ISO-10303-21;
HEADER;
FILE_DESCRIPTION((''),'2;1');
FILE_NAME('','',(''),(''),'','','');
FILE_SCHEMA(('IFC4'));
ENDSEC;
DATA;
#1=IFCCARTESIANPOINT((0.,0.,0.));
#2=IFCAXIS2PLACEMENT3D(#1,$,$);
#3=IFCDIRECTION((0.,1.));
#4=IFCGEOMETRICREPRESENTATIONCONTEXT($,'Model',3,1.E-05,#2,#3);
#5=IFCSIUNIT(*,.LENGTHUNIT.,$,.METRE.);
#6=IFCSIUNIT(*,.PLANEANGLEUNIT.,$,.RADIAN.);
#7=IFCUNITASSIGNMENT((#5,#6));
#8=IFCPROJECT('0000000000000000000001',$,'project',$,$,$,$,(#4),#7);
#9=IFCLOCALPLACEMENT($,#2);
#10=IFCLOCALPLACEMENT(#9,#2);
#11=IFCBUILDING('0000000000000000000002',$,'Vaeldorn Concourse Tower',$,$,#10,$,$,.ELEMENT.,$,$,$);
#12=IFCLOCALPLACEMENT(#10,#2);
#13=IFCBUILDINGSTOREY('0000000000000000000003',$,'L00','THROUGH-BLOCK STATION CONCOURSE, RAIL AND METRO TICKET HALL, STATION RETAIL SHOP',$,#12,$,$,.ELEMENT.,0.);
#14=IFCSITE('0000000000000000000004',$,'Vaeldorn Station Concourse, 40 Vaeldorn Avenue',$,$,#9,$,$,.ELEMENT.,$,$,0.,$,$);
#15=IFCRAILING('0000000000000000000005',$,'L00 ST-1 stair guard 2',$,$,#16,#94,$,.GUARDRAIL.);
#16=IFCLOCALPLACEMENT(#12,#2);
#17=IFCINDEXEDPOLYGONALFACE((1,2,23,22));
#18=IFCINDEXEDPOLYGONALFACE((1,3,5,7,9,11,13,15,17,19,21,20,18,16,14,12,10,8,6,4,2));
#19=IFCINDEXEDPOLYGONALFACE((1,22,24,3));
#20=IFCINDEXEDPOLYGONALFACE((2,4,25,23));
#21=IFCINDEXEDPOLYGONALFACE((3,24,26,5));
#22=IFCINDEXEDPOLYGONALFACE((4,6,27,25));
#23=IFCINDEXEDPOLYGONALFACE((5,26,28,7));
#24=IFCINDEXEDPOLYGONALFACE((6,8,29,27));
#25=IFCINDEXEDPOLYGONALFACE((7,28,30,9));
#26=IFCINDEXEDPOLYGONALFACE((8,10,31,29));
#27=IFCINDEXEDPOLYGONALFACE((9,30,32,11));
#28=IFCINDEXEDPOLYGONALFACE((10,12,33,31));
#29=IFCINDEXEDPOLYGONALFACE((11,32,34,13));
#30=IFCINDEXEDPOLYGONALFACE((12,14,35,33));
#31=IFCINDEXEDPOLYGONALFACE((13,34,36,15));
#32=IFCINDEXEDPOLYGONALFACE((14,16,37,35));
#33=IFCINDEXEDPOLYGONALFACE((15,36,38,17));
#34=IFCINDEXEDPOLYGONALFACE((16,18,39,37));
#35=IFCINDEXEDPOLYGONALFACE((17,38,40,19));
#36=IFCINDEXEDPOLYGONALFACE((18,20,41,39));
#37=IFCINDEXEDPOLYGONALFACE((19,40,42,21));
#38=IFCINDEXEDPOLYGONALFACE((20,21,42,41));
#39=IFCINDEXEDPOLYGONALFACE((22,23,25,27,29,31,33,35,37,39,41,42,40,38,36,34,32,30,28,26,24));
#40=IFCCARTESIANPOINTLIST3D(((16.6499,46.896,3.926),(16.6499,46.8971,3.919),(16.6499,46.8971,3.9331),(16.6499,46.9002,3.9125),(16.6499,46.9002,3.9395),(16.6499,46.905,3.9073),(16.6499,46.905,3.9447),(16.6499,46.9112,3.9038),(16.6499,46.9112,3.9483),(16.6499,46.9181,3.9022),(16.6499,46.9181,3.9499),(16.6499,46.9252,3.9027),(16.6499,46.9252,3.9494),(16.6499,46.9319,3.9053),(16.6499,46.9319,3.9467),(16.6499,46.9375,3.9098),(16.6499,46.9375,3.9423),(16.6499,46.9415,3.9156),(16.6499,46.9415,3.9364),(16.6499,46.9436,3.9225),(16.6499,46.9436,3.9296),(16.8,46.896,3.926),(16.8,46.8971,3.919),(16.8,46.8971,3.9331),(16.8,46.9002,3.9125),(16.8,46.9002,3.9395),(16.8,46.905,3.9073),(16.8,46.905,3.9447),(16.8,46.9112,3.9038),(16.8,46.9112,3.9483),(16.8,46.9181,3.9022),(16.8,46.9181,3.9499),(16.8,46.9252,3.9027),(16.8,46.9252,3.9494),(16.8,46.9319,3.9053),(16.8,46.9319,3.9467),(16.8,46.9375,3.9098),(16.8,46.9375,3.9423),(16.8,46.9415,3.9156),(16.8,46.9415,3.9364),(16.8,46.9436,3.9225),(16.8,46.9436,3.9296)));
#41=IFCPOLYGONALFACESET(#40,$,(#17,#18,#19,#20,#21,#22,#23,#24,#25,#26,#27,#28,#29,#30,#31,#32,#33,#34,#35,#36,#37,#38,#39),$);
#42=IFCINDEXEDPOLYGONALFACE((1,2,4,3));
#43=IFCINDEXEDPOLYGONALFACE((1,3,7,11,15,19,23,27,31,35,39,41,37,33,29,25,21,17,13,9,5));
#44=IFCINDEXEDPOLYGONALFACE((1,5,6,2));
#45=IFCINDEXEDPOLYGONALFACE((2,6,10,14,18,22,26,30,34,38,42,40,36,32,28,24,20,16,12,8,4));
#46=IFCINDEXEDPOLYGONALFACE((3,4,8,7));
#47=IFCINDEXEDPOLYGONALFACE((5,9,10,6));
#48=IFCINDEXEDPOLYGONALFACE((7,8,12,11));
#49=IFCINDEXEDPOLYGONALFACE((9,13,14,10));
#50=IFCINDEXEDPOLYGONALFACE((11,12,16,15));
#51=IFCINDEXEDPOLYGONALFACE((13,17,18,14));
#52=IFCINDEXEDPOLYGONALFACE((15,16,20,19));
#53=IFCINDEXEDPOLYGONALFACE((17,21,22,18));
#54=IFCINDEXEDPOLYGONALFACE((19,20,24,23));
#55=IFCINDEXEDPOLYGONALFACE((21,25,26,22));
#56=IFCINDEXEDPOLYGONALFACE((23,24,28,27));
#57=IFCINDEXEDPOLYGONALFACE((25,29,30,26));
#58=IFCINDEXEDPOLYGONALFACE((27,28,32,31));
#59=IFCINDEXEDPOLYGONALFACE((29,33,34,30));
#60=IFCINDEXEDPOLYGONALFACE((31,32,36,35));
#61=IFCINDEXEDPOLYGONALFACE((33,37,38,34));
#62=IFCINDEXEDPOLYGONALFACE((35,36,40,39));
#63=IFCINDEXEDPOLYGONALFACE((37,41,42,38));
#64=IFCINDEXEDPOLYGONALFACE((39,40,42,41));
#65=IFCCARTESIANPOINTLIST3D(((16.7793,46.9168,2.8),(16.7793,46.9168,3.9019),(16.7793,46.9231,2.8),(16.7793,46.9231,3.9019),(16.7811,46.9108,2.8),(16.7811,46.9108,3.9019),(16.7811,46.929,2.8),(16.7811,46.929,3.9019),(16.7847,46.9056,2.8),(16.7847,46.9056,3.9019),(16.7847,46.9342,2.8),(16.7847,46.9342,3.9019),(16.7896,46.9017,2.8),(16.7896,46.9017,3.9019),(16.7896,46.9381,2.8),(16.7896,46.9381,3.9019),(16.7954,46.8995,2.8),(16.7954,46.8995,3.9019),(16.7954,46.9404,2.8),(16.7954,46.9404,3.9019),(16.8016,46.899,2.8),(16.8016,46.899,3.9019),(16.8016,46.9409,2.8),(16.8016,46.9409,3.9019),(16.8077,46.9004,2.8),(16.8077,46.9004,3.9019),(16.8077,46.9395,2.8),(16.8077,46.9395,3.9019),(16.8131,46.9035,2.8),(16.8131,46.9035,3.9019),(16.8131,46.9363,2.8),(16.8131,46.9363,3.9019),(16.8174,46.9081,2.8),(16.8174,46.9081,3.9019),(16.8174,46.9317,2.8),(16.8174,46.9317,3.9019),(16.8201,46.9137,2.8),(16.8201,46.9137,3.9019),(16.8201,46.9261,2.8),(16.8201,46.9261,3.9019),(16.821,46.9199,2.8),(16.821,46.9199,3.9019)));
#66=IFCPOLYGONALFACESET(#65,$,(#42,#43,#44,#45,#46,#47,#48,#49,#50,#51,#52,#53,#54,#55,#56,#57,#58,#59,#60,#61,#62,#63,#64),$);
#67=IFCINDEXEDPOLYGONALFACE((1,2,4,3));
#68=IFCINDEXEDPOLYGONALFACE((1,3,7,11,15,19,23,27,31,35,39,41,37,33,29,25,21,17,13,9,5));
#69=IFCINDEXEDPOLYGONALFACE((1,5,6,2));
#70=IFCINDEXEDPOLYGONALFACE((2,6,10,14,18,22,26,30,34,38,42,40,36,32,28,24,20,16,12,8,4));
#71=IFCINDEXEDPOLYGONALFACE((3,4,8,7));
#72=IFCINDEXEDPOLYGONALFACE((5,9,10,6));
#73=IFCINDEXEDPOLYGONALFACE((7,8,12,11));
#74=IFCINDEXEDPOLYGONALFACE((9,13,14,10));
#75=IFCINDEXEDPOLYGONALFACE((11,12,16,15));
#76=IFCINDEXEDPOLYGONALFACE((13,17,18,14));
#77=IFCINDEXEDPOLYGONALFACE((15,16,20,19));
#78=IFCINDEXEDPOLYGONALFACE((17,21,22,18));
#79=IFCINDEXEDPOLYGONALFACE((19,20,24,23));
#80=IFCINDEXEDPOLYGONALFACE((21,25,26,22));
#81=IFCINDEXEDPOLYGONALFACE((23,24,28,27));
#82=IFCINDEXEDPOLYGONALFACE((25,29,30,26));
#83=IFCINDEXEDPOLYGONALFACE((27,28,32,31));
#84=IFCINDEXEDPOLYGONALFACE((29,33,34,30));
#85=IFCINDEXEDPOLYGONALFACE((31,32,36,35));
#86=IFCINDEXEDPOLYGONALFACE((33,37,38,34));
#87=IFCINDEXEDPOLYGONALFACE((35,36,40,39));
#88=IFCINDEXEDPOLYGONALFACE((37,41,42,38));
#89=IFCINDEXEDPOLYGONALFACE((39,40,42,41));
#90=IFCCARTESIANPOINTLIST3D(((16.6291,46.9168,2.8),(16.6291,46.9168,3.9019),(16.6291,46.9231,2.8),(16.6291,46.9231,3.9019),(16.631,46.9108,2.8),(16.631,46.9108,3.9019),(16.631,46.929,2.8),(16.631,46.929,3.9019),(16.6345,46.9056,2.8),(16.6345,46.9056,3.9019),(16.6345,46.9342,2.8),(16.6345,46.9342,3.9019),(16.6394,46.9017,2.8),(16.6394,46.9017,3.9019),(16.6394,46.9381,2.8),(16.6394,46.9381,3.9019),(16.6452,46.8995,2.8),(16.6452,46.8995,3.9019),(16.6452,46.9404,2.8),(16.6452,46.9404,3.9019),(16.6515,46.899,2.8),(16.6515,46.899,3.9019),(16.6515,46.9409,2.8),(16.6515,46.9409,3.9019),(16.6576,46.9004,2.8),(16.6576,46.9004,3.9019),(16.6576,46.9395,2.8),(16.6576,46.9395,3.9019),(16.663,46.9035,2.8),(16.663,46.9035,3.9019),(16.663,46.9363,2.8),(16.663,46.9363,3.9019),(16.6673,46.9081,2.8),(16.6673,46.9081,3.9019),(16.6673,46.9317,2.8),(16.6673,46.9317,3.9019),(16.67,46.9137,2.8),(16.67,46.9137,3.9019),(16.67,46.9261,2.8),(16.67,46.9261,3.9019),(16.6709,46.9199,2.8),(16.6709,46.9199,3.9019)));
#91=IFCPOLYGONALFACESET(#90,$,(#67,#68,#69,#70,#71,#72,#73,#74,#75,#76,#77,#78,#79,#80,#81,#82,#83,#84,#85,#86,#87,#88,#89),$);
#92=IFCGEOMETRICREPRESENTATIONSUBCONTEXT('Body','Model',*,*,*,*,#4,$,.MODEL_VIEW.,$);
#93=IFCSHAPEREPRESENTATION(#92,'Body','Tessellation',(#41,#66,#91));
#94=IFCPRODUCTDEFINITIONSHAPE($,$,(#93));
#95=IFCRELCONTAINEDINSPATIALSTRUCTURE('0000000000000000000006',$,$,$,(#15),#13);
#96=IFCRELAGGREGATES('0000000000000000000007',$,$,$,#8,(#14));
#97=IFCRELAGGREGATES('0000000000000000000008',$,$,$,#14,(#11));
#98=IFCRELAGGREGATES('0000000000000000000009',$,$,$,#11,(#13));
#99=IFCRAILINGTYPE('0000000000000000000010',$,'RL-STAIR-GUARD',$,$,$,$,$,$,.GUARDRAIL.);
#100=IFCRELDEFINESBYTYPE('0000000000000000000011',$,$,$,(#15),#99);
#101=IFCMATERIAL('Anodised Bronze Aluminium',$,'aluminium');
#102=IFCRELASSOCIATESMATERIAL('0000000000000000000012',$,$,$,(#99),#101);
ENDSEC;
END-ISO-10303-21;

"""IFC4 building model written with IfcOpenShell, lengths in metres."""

from ifc_helpers import new_model, si_unit, direction, frame, origin, origin_2d, place, context, subcontext, project, spatial, circle, extrude, material, type_object, element, save


model = new_model("IFC4")

# Units and contexts
model_context = context("Model", 3, precision=1e-05, world=origin(), true_north=direction((0.0, 1.0)))
body_context = subcontext(model_context, "Body", "Model", "MODEL_VIEW")
ifc_project = project(units=[si_unit("LENGTHUNIT", "METRE"), si_unit("PLANEANGLEUNIT", "RADIAN")], contexts=[model_context])

# Site, building, storey
site_placement = place(None, origin())
site = spatial("IfcSite", under=ifc_project, at=site_placement, Name="Vaeldorn Station Concourse, 40 Vaeldorn Avenue", CompositionType="ELEMENT", RefElevation=0.0)
building_placement = place(site_placement, origin())
building = spatial("IfcBuilding", under=site, at=building_placement, Name="Vaeldorn Concourse Tower", CompositionType="ELEMENT")
storey_placement = place(building_placement, origin())
storey = spatial("IfcBuildingStorey", under=building, at=storey_placement, Name="L00", Description="THROUGH-BLOCK STATION CONCOURSE, RAIL AND METRO TICKET HALL, STATION RETAIL SHOP", CompositionType="ELEMENT", Elevation=0.0)

# Railing
ifc_material_1 = material(Name="Anodised Bronze Aluminium", Category="aluminium")
railing_type_1 = type_object("IfcRailingType", Name="RL-STAIR-GUARD", PredefinedType="GUARDRAIL", material=ifc_material_1)
railing_1_placement = place(storey_placement, frame((16.8, 46.9199, 2.8)))
element("IfcRailing", 1, at=railing_1_placement, inside=storey, type_object=railing_type_1, Name="L00 ST-1 stair guard 2", PredefinedType="GUARDRAIL", context=body_context, shape_type="SweptSolid", body=[
    extrude(circle(Radius=0.0239, at=origin_2d()), frame((0.0, 0.0, 1.126), z_axis=(-1.0, 0.0, 0.0), x_axis=(0.0, -1.0, 0.0)), (0.0, 0.0, 1.0), 0.1501),
    extrude(circle(Radius=0.021, at=origin_2d()), origin(), (0.0, 0.0, 1.0), 1.1018),
    extrude(circle(Radius=0.021, at=origin_2d()), frame((-0.1501, 0.0, 0.0)), (0.0, 0.0, 1.0), 1.1018),
])

save(model, "model.ifc")
